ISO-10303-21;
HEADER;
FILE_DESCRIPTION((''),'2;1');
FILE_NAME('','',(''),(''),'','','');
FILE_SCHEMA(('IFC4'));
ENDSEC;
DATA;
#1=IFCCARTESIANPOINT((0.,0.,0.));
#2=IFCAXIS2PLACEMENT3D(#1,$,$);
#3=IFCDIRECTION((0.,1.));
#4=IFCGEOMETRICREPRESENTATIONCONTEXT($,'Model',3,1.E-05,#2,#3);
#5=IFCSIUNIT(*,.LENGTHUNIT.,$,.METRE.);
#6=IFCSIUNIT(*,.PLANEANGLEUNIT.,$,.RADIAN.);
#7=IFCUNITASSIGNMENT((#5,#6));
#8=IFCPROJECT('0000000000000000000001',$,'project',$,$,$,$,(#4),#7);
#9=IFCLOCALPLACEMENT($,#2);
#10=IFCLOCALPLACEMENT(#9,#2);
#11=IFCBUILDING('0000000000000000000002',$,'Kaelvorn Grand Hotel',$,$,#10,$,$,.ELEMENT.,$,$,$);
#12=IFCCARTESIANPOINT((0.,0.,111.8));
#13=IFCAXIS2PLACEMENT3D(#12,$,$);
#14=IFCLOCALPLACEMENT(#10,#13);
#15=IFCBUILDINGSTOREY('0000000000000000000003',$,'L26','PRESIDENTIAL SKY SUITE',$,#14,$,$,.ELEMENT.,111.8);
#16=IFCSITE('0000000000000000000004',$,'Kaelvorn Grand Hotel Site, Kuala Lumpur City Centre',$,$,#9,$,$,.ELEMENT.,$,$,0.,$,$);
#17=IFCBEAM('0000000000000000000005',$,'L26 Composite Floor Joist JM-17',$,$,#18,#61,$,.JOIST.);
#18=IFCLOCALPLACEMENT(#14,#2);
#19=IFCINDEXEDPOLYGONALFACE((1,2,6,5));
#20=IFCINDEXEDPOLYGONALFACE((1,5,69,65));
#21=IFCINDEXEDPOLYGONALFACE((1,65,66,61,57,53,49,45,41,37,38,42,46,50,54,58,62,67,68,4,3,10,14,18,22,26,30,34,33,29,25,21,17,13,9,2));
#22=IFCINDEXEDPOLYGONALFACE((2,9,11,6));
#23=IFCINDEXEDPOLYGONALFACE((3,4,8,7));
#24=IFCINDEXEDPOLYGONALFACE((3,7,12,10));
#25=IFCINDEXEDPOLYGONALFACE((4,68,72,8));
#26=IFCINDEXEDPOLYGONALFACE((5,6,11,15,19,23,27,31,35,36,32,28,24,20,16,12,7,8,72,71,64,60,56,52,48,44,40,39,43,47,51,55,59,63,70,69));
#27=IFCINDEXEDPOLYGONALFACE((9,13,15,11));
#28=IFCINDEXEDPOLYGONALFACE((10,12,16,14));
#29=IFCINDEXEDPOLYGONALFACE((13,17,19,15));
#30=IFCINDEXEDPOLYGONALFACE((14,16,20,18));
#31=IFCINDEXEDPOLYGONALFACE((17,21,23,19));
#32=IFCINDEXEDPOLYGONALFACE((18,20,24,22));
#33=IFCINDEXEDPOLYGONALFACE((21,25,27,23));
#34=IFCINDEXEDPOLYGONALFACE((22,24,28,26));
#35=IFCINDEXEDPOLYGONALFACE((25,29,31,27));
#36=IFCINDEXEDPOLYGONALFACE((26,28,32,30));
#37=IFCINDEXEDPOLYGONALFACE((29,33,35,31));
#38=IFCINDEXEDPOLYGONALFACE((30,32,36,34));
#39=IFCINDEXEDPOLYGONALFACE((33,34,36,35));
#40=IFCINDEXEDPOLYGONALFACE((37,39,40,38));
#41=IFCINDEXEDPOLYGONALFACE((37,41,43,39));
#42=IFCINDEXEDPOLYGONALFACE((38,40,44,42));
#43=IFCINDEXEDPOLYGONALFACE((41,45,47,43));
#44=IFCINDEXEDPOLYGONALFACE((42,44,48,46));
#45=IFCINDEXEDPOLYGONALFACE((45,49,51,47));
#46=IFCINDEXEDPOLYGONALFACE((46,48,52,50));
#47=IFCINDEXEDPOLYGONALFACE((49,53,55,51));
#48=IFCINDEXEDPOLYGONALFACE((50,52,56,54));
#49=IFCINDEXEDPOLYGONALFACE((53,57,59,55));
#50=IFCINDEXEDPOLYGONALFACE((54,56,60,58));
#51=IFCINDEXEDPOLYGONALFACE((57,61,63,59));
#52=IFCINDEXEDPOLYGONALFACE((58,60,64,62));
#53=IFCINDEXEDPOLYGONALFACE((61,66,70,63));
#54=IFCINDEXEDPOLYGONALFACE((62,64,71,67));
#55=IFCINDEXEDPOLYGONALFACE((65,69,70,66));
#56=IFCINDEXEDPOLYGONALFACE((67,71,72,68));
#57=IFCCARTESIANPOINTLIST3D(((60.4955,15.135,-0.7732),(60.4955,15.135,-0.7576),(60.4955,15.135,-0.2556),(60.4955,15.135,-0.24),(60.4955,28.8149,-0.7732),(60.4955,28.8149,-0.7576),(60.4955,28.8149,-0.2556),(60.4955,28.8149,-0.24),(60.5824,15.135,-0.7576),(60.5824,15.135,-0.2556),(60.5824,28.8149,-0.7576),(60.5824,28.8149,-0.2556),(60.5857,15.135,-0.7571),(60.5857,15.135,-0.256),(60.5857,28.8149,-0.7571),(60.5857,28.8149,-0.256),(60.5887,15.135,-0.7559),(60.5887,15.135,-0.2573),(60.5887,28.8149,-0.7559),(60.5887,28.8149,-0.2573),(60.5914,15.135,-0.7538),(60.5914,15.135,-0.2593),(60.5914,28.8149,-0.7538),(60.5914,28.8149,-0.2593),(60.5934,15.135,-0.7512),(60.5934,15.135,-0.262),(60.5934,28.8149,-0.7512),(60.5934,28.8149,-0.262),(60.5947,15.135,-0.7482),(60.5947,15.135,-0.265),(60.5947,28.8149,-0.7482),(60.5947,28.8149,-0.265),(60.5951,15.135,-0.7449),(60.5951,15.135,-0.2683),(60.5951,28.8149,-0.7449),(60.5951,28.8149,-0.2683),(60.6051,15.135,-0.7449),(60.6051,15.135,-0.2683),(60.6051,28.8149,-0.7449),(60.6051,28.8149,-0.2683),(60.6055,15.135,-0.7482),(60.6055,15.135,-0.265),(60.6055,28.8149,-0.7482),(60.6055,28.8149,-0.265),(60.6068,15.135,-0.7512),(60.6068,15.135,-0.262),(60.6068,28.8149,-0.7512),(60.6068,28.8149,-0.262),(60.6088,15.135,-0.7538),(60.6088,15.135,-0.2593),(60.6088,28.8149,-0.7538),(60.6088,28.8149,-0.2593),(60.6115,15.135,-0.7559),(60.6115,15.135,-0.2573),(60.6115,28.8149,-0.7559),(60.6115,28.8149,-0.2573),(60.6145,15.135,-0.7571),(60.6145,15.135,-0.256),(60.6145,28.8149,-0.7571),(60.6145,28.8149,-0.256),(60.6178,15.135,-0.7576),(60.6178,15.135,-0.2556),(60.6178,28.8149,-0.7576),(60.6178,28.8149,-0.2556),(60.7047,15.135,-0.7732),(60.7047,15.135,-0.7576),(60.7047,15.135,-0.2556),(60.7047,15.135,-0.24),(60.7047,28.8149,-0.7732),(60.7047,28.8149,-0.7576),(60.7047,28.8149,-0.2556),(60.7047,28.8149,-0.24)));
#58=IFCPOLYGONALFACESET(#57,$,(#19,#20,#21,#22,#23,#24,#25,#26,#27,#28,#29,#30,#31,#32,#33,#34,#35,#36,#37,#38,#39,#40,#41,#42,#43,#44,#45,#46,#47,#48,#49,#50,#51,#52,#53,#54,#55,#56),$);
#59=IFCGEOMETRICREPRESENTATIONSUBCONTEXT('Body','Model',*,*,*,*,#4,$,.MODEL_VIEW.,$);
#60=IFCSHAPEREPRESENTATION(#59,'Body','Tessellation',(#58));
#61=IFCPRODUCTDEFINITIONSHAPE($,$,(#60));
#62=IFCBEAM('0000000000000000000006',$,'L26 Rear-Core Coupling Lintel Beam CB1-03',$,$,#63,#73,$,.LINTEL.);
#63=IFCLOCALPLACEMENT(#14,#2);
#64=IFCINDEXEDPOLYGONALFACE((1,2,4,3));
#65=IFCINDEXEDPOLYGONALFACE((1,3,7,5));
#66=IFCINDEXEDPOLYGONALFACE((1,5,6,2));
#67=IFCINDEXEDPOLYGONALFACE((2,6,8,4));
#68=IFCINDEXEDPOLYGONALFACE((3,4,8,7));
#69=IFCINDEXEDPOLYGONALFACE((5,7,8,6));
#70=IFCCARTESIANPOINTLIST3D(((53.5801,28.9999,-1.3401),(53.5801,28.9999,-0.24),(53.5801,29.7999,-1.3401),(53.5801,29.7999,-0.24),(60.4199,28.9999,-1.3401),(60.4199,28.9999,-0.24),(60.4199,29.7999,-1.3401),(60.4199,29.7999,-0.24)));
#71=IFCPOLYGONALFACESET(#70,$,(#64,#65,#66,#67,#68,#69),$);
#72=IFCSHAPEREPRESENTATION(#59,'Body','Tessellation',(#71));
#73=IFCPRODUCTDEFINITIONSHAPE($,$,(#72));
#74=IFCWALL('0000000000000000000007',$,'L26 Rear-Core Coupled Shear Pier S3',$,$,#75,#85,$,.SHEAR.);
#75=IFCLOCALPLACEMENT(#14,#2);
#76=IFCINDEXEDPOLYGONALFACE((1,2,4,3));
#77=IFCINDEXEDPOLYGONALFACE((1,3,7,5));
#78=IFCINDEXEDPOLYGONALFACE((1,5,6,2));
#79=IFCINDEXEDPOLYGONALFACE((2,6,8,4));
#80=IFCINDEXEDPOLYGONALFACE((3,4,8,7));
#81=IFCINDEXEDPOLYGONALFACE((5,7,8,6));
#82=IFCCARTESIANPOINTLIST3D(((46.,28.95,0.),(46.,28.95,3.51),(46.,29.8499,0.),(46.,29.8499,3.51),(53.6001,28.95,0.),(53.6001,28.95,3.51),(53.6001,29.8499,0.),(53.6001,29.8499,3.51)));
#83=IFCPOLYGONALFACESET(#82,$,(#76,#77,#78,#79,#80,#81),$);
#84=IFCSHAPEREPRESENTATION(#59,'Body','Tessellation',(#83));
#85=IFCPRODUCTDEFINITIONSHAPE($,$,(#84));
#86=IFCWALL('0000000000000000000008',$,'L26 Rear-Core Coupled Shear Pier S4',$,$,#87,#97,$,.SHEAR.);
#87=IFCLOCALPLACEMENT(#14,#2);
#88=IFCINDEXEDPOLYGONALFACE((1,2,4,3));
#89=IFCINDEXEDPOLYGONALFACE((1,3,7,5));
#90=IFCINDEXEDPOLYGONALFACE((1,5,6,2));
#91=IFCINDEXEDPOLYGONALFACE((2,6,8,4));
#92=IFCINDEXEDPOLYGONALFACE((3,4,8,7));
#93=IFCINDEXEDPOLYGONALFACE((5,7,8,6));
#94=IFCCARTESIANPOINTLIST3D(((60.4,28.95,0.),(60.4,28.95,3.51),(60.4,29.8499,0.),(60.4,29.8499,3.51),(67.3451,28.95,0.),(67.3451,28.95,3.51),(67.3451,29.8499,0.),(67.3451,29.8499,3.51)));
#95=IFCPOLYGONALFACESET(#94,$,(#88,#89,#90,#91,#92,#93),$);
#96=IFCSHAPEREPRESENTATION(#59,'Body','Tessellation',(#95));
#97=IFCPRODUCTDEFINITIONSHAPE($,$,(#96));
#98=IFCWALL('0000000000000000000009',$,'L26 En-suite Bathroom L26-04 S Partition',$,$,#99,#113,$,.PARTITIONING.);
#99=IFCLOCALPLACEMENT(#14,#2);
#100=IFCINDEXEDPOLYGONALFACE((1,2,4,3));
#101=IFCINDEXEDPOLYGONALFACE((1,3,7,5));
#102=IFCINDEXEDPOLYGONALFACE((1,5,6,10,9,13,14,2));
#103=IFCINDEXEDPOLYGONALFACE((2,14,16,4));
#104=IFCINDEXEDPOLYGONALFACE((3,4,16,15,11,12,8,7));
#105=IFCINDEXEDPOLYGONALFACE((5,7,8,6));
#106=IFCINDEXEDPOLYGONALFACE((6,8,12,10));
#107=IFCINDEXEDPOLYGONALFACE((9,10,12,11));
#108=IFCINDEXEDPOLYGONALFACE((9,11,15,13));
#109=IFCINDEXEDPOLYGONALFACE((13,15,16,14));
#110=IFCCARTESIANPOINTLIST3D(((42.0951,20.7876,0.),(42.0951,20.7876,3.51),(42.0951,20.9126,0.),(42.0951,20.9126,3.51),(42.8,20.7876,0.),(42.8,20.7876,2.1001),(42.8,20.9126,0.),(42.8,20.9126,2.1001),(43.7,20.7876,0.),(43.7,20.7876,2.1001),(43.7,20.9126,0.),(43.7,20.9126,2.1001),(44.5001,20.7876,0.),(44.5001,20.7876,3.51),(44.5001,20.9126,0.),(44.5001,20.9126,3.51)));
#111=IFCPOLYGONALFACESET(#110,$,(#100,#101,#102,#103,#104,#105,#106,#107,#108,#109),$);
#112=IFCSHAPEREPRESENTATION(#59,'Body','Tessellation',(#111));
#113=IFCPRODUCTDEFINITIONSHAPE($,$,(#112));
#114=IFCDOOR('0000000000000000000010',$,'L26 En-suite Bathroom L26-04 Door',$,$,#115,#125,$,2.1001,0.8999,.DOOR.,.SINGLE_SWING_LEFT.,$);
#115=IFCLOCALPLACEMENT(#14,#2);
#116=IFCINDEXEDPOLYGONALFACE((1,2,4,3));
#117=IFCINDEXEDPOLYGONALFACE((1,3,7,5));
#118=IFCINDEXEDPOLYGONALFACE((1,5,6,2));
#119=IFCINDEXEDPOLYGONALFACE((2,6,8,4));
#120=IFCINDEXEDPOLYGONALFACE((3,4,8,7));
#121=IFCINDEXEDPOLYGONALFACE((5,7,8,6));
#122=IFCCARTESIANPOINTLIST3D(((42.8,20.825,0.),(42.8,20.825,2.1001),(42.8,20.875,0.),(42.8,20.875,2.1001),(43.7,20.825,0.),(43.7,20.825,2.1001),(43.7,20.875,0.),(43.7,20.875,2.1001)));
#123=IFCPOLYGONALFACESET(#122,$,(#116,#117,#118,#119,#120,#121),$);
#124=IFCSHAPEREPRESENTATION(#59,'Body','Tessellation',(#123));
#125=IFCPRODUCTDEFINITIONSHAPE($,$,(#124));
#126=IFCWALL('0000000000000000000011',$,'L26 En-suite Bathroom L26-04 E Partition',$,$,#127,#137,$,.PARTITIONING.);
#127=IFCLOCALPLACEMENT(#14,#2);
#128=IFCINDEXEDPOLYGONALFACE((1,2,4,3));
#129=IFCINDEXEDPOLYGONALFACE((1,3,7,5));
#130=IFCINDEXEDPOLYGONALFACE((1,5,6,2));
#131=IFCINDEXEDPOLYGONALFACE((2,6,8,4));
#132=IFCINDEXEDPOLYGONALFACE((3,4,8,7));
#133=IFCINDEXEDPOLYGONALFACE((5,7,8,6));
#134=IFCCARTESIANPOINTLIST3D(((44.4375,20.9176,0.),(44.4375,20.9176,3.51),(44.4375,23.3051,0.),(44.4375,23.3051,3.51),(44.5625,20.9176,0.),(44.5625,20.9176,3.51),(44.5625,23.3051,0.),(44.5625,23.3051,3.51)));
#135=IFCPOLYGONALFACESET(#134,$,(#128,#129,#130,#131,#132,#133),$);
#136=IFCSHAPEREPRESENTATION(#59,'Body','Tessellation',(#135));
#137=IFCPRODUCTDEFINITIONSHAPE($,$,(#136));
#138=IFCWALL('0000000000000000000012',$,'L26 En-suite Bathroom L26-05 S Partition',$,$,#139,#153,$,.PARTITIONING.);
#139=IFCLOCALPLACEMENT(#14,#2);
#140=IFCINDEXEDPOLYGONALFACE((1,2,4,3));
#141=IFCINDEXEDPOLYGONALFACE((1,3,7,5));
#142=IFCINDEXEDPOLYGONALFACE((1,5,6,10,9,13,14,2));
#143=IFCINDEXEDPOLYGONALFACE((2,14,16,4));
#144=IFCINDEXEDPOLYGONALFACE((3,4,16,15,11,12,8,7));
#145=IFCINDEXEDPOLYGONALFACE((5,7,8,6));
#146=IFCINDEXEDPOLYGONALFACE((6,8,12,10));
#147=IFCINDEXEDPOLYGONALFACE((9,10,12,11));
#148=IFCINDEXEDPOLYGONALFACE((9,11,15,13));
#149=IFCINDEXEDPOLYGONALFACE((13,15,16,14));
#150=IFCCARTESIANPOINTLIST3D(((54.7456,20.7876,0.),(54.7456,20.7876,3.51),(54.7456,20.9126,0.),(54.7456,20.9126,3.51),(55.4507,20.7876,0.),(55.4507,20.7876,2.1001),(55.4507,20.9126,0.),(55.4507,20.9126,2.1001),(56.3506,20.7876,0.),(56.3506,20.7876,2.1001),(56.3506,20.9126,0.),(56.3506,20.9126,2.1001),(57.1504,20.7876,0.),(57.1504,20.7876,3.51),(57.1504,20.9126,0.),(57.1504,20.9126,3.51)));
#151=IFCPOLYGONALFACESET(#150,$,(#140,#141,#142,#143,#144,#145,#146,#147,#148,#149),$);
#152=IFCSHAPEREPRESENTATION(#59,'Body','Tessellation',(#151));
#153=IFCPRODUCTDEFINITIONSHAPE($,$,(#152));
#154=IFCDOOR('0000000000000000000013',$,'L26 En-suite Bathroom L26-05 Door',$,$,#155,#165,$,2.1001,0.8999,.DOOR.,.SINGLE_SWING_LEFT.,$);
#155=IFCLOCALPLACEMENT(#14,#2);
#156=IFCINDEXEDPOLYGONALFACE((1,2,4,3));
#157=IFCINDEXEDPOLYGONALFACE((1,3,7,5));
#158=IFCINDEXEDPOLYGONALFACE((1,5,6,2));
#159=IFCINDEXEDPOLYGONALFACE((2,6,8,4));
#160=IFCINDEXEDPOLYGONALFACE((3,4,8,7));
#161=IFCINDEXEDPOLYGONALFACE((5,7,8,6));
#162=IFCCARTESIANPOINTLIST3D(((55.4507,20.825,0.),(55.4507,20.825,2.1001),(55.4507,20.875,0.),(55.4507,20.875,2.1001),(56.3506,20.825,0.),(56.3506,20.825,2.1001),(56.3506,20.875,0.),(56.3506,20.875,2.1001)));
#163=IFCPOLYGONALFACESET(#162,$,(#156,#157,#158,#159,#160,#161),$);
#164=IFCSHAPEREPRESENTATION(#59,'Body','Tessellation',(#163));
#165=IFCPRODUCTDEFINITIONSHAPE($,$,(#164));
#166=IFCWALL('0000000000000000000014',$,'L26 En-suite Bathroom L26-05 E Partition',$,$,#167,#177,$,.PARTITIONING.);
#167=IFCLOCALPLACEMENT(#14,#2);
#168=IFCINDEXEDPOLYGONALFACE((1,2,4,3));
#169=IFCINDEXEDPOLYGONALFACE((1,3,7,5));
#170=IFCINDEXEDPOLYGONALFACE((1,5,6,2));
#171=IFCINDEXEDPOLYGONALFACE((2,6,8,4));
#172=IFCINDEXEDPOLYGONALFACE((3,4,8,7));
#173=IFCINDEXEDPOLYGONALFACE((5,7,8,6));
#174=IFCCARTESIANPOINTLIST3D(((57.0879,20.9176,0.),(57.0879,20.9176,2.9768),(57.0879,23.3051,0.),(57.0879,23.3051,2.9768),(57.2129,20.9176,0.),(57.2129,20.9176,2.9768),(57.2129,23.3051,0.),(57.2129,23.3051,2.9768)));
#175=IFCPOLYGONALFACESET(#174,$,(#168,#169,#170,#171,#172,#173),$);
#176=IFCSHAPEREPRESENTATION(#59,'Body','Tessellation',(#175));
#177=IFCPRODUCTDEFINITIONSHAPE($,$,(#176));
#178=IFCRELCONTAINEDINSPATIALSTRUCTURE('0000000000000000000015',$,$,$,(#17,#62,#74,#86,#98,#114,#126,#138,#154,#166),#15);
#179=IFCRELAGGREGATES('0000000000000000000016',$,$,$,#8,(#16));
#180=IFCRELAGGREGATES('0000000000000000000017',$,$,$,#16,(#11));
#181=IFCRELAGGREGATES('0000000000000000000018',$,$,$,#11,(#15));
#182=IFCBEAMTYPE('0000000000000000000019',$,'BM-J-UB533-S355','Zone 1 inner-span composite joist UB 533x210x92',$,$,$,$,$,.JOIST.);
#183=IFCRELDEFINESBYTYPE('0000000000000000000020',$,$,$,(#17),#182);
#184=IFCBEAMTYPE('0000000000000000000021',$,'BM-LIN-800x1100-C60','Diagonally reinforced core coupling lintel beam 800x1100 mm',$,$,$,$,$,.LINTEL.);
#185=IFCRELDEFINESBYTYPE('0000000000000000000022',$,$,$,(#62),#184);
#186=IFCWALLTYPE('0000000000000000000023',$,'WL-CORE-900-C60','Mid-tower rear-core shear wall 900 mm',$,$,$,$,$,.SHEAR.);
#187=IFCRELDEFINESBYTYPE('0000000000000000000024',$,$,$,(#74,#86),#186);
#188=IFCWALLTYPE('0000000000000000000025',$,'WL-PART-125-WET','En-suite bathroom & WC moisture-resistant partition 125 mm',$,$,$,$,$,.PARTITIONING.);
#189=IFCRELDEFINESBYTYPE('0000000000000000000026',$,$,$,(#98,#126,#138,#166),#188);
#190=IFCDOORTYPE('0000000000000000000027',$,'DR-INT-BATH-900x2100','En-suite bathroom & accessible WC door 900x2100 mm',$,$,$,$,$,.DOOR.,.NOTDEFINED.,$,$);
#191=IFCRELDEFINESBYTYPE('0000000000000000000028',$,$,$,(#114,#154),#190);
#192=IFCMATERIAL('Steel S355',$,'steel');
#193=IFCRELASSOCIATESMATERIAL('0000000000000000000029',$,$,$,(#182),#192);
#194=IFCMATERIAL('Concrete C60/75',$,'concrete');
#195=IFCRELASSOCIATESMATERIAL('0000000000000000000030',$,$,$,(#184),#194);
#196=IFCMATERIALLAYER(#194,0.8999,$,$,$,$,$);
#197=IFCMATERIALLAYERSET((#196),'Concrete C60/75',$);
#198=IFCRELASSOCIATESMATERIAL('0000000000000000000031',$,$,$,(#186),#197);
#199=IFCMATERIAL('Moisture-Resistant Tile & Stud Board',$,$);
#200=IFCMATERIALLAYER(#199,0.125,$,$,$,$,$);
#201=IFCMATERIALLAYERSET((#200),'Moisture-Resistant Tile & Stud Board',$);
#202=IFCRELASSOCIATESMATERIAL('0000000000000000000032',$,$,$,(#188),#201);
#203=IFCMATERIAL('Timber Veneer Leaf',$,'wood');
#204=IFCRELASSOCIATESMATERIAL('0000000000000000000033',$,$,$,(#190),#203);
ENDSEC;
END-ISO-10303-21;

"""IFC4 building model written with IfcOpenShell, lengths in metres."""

from ifc_helpers import new_model, si_unit, direction, frame, frame_2d, origin, origin_2d, place, context, subcontext, project, spatial, rectangle, i_section, extrude, material, layer, layer_set, material_profile, profile_set, type_object, element, fill, save


model = new_model("IFC4")

# Units and contexts
model_context = context("Model", 3, precision=1e-05, world=origin(), true_north=direction((0.0, 1.0)))
body_context = subcontext(model_context, "Body", "Model", "MODEL_VIEW")
ifc_project = project(units=[si_unit("LENGTHUNIT", "METRE"), si_unit("PLANEANGLEUNIT", "RADIAN")], contexts=[model_context])

# Site, building, storey
site_placement = place(None, origin())
site = spatial("IfcSite", under=ifc_project, at=site_placement, Name="Kaelvorn Grand Hotel Site, Kuala Lumpur City Centre", CompositionType="ELEMENT", RefElevation=0.0)
building_placement = place(site_placement, origin())
building = spatial("IfcBuilding", under=site, at=building_placement, Name="Kaelvorn Grand Hotel", CompositionType="ELEMENT")
storey_placement = place(building_placement, frame((0.0, 0.0, 111.8)))
storey = spatial("IfcBuildingStorey", under=building, at=storey_placement, Name="L26", Description="PRESIDENTIAL SKY SUITE", CompositionType="ELEMENT", Elevation=111.8)

# Shared definitions
ifc_material_1 = material(Name="Concrete C60/75", Category="concrete")

# Beams
ifc_material_2 = material(Name="Steel S355", Category="steel")
ifc_material_profile_1 = material_profile(ifc_material_2, i_section(OverallWidth=0.2092, OverallDepth=0.5332, WebThickness=0.01, FlangeThickness=0.0156, FilletRadius=0.0127, at=origin_2d()), Name="UB 533x210x92")
ifc_profile_set_1 = profile_set([ifc_material_profile_1], Name="Steel S355")
beam_type_1 = type_object("IfcBeamType", Name="BM-J-UB533-S355", Description="Zone 1 inner-span composite joist UB 533x210x92", PredefinedType="JOIST", material=ifc_profile_set_1)
beam_1_placement = place(storey_placement, frame((60.6001, 15.135, -0.5066), z_axis=(0.0, 1.0, 0.0), x_axis=(-1.0, 0.0, 0.0)))
element("IfcBeam", 1, at=beam_1_placement, inside=storey, type_object=beam_type_1, Name="L26 Composite Floor Joist JM-17", PredefinedType="JOIST", context=body_context, shape_type="SweptSolid", body=[
    extrude(i_section(OverallWidth=0.2092, OverallDepth=0.5332, WebThickness=0.01, FlangeThickness=0.0156, FilletRadius=0.0127, at=origin_2d()), origin(), (0.0, 0.0, 1.0), 13.6799),
])
ifc_material_profile_2 = material_profile(ifc_material_1, rectangle(XDim=0.8, YDim=1.1001, at=origin_2d()), Name="RC LINTEL 800x1100")
ifc_profile_set_2 = profile_set([ifc_material_profile_2], Name="Concrete C60/75")
beam_type_2 = type_object("IfcBeamType", Name="BM-LIN-800x1100-C60", Description="Diagonally reinforced core coupling lintel beam 800x1100 mm", PredefinedType="LINTEL", material=ifc_profile_set_2)
beam_2_placement = place(storey_placement, frame((53.5801, 29.3999, -0.79), z_axis=(1.0, 0.0, 0.0), x_axis=(0.0, 1.0, 0.0)))
element("IfcBeam", 2, at=beam_2_placement, inside=storey, type_object=beam_type_2, Name="L26 Rear-Core Coupling Lintel Beam CB1-03", PredefinedType="LINTEL", context=body_context, shape_type="SweptSolid", body=[
    extrude(rectangle(XDim=0.8, YDim=1.1001, at=origin_2d()), origin(), (0.0, 0.0, 1.0), 6.8398),
])

# Walls
ifc_layer_1 = layer(ifc_material_1, 0.8999)
ifc_layer_set_1 = layer_set([ifc_layer_1], Name="Concrete C60/75")
wall_type_1 = type_object("IfcWallType", Name="WL-CORE-900-C60", Description="Mid-tower rear-core shear wall 900 mm", PredefinedType="SHEAR", material=ifc_layer_set_1)
wall_1_placement = place(storey_placement, frame((46.0, 29.3999, 0.0), z_axis=(0.0, 0.0, 1.0), x_axis=(1.0, 0.0, 0.0)))
element("IfcWall", 3, at=wall_1_placement, inside=storey, type_object=wall_type_1, Name="L26 Rear-Core Coupled Shear Pier S3", PredefinedType="SHEAR", context=body_context, shape_type="SweptSolid", body=[
    extrude(rectangle(XDim=7.6001, YDim=0.8999, at=frame_2d((3.8, 0.0))), origin(), (0.0, 0.0, 1.0), 3.51),
])
wall_2_placement = place(storey_placement, frame((60.3999, 29.3999, 0.0), z_axis=(0.0, 0.0, 1.0), x_axis=(1.0, 0.0, 0.0)))
element("IfcWall", 4, at=wall_2_placement, inside=storey, type_object=wall_type_1, Name="L26 Rear-Core Coupled Shear Pier S4", PredefinedType="SHEAR", context=body_context, shape_type="SweptSolid", body=[
    extrude(rectangle(XDim=6.9451, YDim=0.8999, at=frame_2d((3.4727, 0.0))), origin(), (0.0, 0.0, 1.0), 3.51),
])

# Wall, opening, door
ifc_material_3 = material(Name="Moisture-Resistant Tile & Stud Board")
ifc_layer_2 = layer(ifc_material_3, 0.125)
ifc_layer_set_2 = layer_set([ifc_layer_2], Name="Moisture-Resistant Tile & Stud Board")
wall_type_2 = type_object("IfcWallType", Name="WL-PART-125-WET", Description="En-suite bathroom & WC moisture-resistant partition 125 mm", PredefinedType="PARTITIONING", material=ifc_layer_set_2)
wall_3_placement = place(storey_placement, frame((42.095, 20.8501, 0.0), z_axis=(0.0, 0.0, 1.0), x_axis=(1.0, 0.0, 0.0)))
wall_3 = element("IfcWall", 5, at=wall_3_placement, inside=storey, type_object=wall_type_2, Name="L26 En-suite Bathroom L26-04 S Partition", PredefinedType="PARTITIONING", context=body_context, shape_type="SweptSolid", body=[
    extrude(rectangle(XDim=2.405, YDim=0.125, at=frame_2d((1.2026, 0.0))), origin(), (0.0, 0.0, 1.0), 3.51),
])
opening_1_placement = place(wall_3_placement, frame((0.7051, 0.0, 0.0)))
opening_1 = element("IfcOpeningElement", 6, at=opening_1_placement, cuts=wall_3, PredefinedType="OPENING", context=body_context, shape_type="SweptSolid", body=[
    extrude(rectangle(XDim=0.8999, YDim=2.1001, at=frame_2d((0.45, 1.05))), frame((0.0, 0.0725, 0.0), z_axis=(0.0, -1.0, 0.0), x_axis=(1.0, 0.0, 0.0)), (0.0, 0.0, 1.0), 0.145),
])
ifc_material_4 = material(Name="Timber Veneer Leaf", Category="wood")
door_type_1 = type_object("IfcDoorType", Name="DR-INT-BATH-900x2100", Description="En-suite bathroom & accessible WC door 900x2100 mm", OperationType="NOTDEFINED", PredefinedType="DOOR", material=ifc_material_4)
door_1_placement = place(opening_1_placement, origin())
door_1 = element("IfcDoor", 7, at=door_1_placement, inside=storey, type_object=door_type_1, Name="L26 En-suite Bathroom L26-04 Door", OperationType="SINGLE_SWING_LEFT", OverallHeight=2.1001, OverallWidth=0.8999, PredefinedType="DOOR", context=body_context, shape_type="SweptSolid", body=[
    extrude(rectangle(XDim=0.8999, YDim=2.1001, at=frame_2d((0.45, 1.05))), frame((0.0, 0.0249, 0.0), z_axis=(0.0, -1.0, 0.0), x_axis=(1.0, 0.0, 0.0)), (0.0, 0.0, 1.0), 0.05),
])
fill(opening_1, door_1)

# Wall
wall_4_placement = place(storey_placement, frame((44.5, 20.9175, 0.0), z_axis=(0.0, 0.0, 1.0), x_axis=(0.0, 1.0, 0.0)))
element("IfcWall", 8, at=wall_4_placement, inside=storey, type_object=wall_type_2, Name="L26 En-suite Bathroom L26-04 E Partition", PredefinedType="PARTITIONING", context=body_context, shape_type="SweptSolid", body=[
    extrude(rectangle(XDim=2.3875, YDim=0.125, at=frame_2d((1.1938, 0.0))), origin(), (0.0, 0.0, 1.0), 3.51),
])

# Wall, opening, door
wall_5_placement = place(storey_placement, frame((54.7456, 20.8501, 0.0), z_axis=(0.0, 0.0, 1.0), x_axis=(1.0, 0.0, 0.0)))
wall_5 = element("IfcWall", 9, at=wall_5_placement, inside=storey, type_object=wall_type_2, Name="L26 En-suite Bathroom L26-05 S Partition", PredefinedType="PARTITIONING", context=body_context, shape_type="SweptSolid", body=[
    extrude(rectangle(XDim=2.4048, YDim=0.125, at=frame_2d((1.2024, 0.0))), origin(), (0.0, 0.0, 1.0), 3.51),
])
opening_2_placement = place(wall_5_placement, frame((0.7051, 0.0, 0.0)))
opening_2 = element("IfcOpeningElement", 10, at=opening_2_placement, cuts=wall_5, PredefinedType="OPENING", context=body_context, shape_type="SweptSolid", body=[
    extrude(rectangle(XDim=0.8999, YDim=2.1001, at=frame_2d((0.45, 1.05))), frame((0.0, 0.0725, 0.0), z_axis=(0.0, -1.0, 0.0), x_axis=(1.0, 0.0, 0.0)), (0.0, 0.0, 1.0), 0.145),
])
door_2_placement = place(opening_2_placement, origin())
door_2 = element("IfcDoor", 11, at=door_2_placement, inside=storey, type_object=door_type_1, Name="L26 En-suite Bathroom L26-05 Door", OperationType="SINGLE_SWING_LEFT", OverallHeight=2.1001, OverallWidth=0.8999, PredefinedType="DOOR", context=body_context, shape_type="SweptSolid", body=[
    extrude(rectangle(XDim=0.8999, YDim=2.1001, at=frame_2d((0.45, 1.05))), frame((0.0, 0.0249, 0.0), z_axis=(0.0, -1.0, 0.0), x_axis=(1.0, 0.0, 0.0)), (0.0, 0.0, 1.0), 0.05),
])
fill(opening_2, door_2)

# Wall
wall_6_placement = place(storey_placement, frame((57.1504, 20.9175, 0.0), z_axis=(0.0, 0.0, 1.0), x_axis=(0.0, 1.0, 0.0)))
element("IfcWall", 12, at=wall_6_placement, inside=storey, type_object=wall_type_2, Name="L26 En-suite Bathroom L26-05 E Partition", PredefinedType="PARTITIONING", context=body_context, shape_type="SweptSolid", body=[
    extrude(rectangle(XDim=2.3875, YDim=0.125, at=frame_2d((1.1938, 0.0))), origin(), (0.0, 0.0, 1.0), 2.9768),
])

save(model, "model.ifc")
